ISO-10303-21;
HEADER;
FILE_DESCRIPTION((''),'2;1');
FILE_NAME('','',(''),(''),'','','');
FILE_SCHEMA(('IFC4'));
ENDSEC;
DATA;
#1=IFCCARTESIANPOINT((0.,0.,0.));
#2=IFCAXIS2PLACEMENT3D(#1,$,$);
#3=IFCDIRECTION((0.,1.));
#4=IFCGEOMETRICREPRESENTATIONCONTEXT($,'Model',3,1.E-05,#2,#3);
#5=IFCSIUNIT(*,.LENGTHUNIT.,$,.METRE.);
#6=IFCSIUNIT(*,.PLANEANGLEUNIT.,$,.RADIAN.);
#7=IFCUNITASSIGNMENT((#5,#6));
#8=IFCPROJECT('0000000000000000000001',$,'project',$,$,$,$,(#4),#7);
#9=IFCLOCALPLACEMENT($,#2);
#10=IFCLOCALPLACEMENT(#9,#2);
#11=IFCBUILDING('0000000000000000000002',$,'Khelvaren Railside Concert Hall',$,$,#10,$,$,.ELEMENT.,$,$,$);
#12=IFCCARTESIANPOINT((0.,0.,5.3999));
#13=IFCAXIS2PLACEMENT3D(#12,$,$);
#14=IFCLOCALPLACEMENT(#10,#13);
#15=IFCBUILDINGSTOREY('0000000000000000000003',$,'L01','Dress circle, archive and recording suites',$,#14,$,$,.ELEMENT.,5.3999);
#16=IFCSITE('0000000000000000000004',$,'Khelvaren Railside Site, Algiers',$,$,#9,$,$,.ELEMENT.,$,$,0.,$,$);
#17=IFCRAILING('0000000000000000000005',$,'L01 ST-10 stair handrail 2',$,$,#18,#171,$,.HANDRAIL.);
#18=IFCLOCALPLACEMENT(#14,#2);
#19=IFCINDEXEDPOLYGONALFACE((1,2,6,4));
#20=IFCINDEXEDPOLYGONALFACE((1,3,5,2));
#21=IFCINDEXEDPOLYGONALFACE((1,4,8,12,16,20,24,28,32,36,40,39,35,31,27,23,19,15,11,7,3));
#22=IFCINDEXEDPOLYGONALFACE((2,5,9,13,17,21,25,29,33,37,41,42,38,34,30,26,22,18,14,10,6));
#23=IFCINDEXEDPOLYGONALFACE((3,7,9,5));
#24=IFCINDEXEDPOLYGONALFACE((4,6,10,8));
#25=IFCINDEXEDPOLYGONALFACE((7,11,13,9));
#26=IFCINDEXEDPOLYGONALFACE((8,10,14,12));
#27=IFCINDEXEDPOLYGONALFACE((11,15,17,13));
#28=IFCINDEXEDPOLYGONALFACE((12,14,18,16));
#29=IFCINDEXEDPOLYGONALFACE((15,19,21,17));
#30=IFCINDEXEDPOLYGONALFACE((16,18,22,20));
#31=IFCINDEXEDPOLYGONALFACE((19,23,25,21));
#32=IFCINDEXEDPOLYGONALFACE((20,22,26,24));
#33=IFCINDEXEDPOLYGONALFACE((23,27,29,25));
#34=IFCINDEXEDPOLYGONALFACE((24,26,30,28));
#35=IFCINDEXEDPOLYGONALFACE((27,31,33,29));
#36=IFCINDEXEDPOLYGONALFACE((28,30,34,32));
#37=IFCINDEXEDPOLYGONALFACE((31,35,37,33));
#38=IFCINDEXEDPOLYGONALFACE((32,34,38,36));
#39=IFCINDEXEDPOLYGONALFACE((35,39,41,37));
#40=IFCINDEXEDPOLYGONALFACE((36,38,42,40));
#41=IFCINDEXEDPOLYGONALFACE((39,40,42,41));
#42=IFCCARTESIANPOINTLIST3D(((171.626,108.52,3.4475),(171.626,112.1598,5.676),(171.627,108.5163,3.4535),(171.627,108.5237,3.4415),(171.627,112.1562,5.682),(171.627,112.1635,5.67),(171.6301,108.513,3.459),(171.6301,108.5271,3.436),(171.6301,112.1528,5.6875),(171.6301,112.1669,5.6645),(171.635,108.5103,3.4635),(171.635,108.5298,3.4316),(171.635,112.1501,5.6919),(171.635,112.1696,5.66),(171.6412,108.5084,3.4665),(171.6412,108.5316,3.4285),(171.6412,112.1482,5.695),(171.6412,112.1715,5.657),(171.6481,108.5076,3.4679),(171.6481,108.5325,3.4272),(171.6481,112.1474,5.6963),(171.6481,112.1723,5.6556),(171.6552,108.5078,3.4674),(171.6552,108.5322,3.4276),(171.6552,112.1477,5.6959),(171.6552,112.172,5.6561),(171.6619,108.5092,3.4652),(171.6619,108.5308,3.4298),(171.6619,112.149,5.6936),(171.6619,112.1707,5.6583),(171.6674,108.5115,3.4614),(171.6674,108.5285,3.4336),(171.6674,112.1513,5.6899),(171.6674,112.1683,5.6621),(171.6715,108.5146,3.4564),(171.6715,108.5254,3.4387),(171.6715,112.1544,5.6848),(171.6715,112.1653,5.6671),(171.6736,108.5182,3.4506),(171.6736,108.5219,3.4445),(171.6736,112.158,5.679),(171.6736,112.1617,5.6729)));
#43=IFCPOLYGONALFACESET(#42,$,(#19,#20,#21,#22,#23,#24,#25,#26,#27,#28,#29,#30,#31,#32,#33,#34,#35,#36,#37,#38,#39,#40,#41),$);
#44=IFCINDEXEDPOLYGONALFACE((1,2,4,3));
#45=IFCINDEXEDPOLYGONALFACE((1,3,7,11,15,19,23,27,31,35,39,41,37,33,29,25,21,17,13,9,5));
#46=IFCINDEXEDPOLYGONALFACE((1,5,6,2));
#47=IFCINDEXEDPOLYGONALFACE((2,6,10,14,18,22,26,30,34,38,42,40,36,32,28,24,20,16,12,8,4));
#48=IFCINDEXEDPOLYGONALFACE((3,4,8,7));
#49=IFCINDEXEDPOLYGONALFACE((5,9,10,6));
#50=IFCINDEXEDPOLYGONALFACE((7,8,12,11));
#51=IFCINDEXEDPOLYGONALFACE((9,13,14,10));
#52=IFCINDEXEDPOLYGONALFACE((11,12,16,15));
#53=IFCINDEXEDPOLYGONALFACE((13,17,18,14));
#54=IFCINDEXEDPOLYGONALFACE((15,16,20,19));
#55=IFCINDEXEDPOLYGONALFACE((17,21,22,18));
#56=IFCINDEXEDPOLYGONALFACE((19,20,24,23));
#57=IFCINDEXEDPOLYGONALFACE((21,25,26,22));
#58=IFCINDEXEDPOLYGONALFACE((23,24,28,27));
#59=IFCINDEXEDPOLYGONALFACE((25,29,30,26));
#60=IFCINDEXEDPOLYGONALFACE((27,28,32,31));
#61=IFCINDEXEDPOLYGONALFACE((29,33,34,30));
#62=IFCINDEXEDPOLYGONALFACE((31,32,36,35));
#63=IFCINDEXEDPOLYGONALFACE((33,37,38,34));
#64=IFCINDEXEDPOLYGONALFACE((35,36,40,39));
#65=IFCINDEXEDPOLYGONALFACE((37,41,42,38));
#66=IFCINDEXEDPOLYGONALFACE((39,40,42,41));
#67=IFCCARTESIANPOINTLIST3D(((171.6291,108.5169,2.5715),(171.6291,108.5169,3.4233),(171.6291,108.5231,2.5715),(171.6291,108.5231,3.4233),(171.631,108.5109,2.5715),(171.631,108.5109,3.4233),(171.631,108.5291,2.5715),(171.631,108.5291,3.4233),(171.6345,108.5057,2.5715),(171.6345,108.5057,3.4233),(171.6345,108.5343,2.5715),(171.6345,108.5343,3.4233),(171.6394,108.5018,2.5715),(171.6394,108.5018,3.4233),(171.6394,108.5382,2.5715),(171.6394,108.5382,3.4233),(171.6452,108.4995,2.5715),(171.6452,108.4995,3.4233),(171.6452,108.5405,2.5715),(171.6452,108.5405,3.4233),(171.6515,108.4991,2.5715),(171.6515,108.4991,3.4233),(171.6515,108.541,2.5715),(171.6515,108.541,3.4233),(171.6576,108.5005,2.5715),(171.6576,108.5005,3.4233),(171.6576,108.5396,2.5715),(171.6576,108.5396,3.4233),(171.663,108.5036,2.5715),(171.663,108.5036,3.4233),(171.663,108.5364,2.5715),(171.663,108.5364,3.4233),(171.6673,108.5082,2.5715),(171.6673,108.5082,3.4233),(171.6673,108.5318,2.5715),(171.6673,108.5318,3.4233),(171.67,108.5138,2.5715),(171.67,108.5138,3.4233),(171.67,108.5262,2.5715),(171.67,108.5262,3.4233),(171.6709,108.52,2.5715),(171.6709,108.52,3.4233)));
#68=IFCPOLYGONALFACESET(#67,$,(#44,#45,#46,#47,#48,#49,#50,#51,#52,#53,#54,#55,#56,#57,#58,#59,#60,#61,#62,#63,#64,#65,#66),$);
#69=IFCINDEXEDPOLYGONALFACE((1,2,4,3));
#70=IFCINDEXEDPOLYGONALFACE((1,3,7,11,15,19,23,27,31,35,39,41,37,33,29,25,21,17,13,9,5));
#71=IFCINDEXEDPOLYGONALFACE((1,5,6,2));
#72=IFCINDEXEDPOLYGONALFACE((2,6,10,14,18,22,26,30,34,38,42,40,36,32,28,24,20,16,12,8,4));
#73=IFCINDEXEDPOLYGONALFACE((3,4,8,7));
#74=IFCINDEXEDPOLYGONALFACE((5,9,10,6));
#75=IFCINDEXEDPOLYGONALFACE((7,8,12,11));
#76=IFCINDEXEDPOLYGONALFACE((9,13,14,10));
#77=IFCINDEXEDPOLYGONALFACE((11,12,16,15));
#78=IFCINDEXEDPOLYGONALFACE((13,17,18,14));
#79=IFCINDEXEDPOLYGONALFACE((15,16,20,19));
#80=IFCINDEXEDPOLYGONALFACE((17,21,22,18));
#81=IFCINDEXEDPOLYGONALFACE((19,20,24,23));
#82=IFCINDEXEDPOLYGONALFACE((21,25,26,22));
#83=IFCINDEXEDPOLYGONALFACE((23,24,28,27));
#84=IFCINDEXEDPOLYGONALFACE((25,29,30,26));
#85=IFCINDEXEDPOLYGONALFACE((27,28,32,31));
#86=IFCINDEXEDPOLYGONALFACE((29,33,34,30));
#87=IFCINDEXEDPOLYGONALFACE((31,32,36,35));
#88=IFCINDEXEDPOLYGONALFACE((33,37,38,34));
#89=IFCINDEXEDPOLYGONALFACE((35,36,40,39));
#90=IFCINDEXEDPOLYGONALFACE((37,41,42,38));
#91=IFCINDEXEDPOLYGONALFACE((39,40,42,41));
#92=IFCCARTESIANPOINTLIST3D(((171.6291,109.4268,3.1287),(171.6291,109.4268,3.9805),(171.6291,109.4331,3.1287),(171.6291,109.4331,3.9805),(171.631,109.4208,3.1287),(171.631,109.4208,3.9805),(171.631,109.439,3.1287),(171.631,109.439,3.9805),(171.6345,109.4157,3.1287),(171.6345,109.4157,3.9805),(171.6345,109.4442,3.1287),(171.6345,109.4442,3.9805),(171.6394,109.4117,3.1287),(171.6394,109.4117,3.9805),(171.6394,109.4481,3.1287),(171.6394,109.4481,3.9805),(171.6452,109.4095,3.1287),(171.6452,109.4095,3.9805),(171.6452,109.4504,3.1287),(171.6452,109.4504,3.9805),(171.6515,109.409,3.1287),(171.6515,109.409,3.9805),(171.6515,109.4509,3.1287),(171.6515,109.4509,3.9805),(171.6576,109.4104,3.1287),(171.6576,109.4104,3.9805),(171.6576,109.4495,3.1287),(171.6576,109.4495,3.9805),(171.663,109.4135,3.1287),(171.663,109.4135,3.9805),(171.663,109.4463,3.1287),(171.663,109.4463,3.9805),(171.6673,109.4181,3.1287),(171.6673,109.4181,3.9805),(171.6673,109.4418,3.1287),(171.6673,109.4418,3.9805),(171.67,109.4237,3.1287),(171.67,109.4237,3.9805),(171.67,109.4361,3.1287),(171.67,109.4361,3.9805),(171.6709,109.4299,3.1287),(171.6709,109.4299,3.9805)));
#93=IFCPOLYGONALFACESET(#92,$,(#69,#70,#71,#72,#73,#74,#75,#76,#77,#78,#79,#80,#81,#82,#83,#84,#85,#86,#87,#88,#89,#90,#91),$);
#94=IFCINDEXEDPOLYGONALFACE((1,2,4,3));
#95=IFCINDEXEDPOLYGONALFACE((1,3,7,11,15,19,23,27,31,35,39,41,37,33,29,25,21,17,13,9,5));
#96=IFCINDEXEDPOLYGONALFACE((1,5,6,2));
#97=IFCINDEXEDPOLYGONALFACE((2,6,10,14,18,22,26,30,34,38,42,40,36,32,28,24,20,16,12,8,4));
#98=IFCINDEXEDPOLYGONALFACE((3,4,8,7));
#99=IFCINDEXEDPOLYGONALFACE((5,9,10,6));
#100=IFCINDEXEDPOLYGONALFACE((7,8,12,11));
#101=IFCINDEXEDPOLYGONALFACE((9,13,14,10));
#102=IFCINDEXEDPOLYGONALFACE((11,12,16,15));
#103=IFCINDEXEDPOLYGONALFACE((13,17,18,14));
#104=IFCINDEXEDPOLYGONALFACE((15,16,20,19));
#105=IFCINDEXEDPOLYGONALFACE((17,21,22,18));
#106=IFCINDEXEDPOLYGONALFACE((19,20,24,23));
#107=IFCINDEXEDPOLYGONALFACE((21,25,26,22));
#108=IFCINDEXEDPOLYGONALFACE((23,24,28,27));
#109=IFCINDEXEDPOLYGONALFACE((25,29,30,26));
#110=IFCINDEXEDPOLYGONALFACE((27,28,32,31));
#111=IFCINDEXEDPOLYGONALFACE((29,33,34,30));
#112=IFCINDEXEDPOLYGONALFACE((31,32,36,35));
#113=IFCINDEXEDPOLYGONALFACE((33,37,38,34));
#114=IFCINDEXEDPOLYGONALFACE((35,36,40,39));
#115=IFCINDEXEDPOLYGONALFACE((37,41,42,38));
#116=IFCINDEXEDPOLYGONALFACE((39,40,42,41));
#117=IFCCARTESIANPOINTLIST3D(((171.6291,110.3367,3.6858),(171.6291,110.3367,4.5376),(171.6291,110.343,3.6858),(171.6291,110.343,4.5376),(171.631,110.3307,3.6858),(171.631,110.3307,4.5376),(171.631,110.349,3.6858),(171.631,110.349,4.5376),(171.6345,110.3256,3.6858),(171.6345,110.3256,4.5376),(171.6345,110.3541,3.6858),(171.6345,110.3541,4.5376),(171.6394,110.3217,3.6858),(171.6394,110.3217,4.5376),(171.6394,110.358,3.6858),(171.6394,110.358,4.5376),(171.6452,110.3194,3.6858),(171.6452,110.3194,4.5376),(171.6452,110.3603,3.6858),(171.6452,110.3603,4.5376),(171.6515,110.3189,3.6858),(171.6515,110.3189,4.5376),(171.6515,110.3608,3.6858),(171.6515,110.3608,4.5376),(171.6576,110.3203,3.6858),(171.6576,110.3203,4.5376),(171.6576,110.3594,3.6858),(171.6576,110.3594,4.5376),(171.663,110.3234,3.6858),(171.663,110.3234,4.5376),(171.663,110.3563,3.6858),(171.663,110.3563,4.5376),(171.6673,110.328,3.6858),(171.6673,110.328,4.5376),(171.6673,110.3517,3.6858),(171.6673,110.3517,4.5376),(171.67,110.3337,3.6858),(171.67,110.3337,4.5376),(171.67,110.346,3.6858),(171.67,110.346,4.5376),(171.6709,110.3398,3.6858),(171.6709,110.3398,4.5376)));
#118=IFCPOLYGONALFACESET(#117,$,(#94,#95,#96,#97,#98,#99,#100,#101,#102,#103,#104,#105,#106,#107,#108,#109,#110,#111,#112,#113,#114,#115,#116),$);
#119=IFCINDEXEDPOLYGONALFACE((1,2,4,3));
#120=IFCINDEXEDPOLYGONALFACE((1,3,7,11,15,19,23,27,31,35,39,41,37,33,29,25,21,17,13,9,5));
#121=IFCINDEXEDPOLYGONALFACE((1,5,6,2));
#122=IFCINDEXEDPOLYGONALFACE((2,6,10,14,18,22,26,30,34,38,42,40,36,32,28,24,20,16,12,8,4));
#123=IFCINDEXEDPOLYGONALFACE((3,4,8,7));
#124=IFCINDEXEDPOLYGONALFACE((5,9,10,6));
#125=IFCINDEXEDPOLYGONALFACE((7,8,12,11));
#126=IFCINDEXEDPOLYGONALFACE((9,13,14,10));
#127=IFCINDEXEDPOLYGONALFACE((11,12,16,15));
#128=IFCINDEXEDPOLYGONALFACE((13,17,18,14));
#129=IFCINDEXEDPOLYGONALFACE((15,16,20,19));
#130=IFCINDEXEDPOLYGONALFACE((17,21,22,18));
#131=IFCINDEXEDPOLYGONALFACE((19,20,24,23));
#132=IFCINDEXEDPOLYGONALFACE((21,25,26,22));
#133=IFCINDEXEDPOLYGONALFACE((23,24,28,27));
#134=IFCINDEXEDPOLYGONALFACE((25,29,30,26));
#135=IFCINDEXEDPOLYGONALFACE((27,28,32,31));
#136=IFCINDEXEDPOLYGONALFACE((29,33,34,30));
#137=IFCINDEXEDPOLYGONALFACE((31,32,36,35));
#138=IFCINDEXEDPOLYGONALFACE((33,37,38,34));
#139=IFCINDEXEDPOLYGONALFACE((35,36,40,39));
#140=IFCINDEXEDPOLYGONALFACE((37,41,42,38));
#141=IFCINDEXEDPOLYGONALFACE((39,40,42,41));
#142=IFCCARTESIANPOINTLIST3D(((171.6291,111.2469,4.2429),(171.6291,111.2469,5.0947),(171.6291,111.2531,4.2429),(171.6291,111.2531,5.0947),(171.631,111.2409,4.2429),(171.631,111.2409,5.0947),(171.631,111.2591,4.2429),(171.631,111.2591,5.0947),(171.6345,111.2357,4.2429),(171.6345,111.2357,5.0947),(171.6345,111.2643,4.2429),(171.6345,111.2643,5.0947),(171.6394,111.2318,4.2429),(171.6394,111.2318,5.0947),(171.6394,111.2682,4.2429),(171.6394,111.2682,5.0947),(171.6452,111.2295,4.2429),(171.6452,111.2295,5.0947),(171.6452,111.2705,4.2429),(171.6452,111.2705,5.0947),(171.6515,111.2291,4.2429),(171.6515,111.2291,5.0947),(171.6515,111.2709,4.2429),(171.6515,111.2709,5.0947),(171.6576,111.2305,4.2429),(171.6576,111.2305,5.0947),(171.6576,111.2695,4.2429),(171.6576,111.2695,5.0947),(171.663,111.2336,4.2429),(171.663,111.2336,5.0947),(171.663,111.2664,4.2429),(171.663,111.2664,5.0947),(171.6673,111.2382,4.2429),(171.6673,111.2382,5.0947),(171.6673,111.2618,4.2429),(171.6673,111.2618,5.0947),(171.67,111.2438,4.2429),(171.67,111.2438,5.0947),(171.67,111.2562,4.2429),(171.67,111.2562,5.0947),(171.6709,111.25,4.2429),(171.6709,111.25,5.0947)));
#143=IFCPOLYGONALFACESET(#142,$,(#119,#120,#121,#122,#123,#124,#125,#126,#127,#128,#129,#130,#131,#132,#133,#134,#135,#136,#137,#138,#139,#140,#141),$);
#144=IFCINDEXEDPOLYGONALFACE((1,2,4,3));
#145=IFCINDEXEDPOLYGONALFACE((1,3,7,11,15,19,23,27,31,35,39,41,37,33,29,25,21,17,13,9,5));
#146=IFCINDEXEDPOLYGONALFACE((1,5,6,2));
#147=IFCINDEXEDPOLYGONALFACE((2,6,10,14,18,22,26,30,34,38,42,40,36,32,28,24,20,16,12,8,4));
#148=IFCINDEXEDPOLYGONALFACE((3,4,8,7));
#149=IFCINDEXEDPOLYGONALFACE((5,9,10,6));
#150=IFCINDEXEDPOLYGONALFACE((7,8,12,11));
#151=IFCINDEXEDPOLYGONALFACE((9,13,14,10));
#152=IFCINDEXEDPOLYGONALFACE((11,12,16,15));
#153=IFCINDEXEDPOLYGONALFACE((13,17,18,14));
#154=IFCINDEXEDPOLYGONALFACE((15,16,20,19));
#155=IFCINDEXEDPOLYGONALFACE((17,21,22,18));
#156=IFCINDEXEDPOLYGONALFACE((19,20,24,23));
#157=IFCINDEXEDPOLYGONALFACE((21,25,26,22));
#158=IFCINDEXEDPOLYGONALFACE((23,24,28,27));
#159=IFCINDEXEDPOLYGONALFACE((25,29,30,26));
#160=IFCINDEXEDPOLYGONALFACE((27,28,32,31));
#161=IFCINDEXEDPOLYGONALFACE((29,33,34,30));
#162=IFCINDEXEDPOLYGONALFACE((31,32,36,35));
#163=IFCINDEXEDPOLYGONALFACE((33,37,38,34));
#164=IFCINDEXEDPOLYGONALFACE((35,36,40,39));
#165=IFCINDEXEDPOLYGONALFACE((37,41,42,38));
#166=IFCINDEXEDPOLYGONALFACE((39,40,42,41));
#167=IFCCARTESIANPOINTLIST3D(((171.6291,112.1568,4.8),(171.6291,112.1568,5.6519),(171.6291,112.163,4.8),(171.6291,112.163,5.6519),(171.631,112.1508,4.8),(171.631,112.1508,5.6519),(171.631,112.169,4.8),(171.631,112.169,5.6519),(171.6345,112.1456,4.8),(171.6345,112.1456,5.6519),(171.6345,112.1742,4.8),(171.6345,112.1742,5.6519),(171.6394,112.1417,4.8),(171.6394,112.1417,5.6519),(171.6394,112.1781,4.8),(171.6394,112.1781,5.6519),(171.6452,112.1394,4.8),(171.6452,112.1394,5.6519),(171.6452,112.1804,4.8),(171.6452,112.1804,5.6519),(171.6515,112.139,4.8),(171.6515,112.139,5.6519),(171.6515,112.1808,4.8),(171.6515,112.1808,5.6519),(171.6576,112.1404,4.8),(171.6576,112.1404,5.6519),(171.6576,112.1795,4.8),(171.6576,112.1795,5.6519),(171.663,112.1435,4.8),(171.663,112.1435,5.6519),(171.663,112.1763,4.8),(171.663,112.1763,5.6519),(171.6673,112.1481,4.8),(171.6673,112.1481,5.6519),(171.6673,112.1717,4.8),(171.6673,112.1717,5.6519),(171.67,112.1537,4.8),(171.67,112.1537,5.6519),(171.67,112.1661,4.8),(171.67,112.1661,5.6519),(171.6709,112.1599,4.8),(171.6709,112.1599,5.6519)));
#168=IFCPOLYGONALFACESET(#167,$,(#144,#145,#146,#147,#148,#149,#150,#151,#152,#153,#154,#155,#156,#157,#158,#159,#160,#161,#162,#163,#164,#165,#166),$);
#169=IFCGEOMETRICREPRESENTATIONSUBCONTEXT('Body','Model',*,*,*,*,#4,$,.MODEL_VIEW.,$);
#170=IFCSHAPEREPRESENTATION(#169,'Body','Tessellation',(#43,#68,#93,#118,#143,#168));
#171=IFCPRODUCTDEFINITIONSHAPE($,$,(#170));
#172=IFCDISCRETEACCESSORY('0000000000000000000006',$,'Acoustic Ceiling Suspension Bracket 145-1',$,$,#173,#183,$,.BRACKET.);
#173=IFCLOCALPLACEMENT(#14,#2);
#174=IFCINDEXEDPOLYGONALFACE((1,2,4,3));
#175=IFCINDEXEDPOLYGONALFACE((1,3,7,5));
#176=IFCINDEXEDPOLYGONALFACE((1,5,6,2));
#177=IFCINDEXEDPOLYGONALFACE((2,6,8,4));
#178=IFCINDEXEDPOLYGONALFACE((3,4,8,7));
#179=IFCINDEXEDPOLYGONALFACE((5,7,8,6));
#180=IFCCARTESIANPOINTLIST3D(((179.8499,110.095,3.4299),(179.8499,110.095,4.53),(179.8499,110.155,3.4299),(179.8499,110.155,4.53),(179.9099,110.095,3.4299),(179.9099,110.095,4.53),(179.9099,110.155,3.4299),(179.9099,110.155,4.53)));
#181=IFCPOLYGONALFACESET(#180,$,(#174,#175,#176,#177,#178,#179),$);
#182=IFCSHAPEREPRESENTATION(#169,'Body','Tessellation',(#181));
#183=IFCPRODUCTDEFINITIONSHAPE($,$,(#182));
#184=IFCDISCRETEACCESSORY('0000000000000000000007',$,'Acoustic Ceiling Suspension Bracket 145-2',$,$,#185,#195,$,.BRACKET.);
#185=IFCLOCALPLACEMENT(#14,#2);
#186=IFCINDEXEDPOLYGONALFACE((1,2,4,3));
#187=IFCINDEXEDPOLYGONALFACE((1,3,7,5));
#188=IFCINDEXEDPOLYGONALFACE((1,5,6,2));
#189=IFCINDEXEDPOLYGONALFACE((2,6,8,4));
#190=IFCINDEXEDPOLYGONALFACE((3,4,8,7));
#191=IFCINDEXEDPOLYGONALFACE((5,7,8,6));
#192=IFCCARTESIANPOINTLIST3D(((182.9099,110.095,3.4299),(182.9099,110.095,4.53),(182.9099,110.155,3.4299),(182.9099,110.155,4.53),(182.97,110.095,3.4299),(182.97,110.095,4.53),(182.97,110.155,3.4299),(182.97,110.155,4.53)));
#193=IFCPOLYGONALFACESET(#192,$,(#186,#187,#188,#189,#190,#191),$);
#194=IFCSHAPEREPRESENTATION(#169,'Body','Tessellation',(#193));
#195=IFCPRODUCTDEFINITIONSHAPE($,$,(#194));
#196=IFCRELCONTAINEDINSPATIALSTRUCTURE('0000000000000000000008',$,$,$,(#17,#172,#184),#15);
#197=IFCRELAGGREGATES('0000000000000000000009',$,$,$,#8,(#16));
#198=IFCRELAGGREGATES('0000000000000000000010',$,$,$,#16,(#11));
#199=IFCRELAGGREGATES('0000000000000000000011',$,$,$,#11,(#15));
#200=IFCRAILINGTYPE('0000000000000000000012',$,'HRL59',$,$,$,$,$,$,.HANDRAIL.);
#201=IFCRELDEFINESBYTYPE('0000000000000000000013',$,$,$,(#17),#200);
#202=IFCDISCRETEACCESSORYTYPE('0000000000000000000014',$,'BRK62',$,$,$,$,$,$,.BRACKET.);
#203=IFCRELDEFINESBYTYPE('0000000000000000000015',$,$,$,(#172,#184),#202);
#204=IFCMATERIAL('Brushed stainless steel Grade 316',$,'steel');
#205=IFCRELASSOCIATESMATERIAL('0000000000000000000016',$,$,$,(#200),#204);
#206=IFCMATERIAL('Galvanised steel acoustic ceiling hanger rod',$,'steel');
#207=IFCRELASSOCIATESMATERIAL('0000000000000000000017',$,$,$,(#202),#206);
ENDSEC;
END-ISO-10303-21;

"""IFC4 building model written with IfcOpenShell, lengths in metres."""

from ifc_helpers import new_model, si_unit, direction, frame, origin, origin_2d, place, context, subcontext, project, spatial, rectangle, circle, extrude, material, type_object, element, save


model = new_model("IFC4")

# Units and contexts
model_context = context("Model", 3, precision=1e-05, world=origin(), true_north=direction((0.0, 1.0)))
body_context = subcontext(model_context, "Body", "Model", "MODEL_VIEW")
ifc_project = project(units=[si_unit("LENGTHUNIT", "METRE"), si_unit("PLANEANGLEUNIT", "RADIAN")], contexts=[model_context])

# Site, building, storey
site_placement = place(None, origin())
site = spatial("IfcSite", under=ifc_project, at=site_placement, Name="Khelvaren Railside Site, Algiers", CompositionType="ELEMENT", RefElevation=0.0)
building_placement = place(site_placement, origin())
building = spatial("IfcBuilding", under=site, at=building_placement, Name="Khelvaren Railside Concert Hall", CompositionType="ELEMENT")
storey_placement = place(building_placement, frame((0.0, 0.0, 5.3999)))
storey = spatial("IfcBuildingStorey", under=building, at=storey_placement, Name="L01", Description="Dress circle, archive and recording suites", CompositionType="ELEMENT", Elevation=5.3999)

# Railing
ifc_material_1 = material(Name="Brushed stainless steel Grade 316", Category="steel")
railing_type_1 = type_object("IfcRailingType", Name="HRL59", PredefinedType="HANDRAIL", material=ifc_material_1)
railing_1_placement = place(storey_placement, frame((171.6499, 108.52, 2.5715)))
element("IfcRailing", 1, at=railing_1_placement, inside=storey, type_object=railing_type_1, Name="L01 ST-10 stair handrail 2", PredefinedType="HANDRAIL", context=body_context, shape_type="SweptSolid", body=[
    extrude(circle(Radius=0.0239, at=origin_2d()), frame((0.0, 0.0, 0.876), z_axis=(0.0, 0.85285, 0.522156), x_axis=(-1.0, 0.0, 0.0)), (0.0, 0.0, 1.0), 4.2678),
    extrude(circle(Radius=0.021, at=origin_2d()), origin(), (0.0, 0.0, 1.0), 0.8518),
    extrude(circle(Radius=0.021, at=origin_2d()), frame((0.0, 0.9099, 0.5571)), (0.0, 0.0, 1.0), 0.8518),
    extrude(circle(Radius=0.021, at=origin_2d()), frame((0.0, 1.8198, 1.1143)), (0.0, 0.0, 1.0), 0.8518),
    extrude(circle(Radius=0.021, at=origin_2d()), frame((0.0, 2.73, 1.6714)), (0.0, 0.0, 1.0), 0.8518),
    extrude(circle(Radius=0.021, at=origin_2d()), frame((0.0, 3.6399, 2.2285)), (0.0, 0.0, 1.0), 0.8518),
])

# Discrete accessories
ifc_material_2 = material(Name="Galvanised steel acoustic ceiling hanger rod", Category="steel")
discrete_accessory_type = type_object("IfcDiscreteAccessoryType", Name="BRK62", PredefinedType="BRACKET", material=ifc_material_2)
for number, where, z_axis, x_axis, name in (
    (2, (179.8799, 110.125, 3.4299), (0.0, 0.0, 1.0), (1.0, 0.0, 0.0), "Acoustic Ceiling Suspension Bracket 145-1"),
    (3, (182.9399, 110.125, 3.4299), (0.0, 0.0, 1.0), (1.0, 0.0, 0.0), "Acoustic Ceiling Suspension Bracket 145-2"),
):
    element("IfcDiscreteAccessory", number, at=place(storey_placement, frame(where, z_axis=z_axis, x_axis=x_axis)), inside=storey, type_object=discrete_accessory_type, Name=name, PredefinedType="BRACKET", context=body_context, shape_type="SweptSolid", body=[
        extrude(rectangle(XDim=0.0601, YDim=0.0601, at=origin_2d()), origin(), (0.0, 0.0, 1.0), 1.1001),
    ])

save(model, "model.ifc")
